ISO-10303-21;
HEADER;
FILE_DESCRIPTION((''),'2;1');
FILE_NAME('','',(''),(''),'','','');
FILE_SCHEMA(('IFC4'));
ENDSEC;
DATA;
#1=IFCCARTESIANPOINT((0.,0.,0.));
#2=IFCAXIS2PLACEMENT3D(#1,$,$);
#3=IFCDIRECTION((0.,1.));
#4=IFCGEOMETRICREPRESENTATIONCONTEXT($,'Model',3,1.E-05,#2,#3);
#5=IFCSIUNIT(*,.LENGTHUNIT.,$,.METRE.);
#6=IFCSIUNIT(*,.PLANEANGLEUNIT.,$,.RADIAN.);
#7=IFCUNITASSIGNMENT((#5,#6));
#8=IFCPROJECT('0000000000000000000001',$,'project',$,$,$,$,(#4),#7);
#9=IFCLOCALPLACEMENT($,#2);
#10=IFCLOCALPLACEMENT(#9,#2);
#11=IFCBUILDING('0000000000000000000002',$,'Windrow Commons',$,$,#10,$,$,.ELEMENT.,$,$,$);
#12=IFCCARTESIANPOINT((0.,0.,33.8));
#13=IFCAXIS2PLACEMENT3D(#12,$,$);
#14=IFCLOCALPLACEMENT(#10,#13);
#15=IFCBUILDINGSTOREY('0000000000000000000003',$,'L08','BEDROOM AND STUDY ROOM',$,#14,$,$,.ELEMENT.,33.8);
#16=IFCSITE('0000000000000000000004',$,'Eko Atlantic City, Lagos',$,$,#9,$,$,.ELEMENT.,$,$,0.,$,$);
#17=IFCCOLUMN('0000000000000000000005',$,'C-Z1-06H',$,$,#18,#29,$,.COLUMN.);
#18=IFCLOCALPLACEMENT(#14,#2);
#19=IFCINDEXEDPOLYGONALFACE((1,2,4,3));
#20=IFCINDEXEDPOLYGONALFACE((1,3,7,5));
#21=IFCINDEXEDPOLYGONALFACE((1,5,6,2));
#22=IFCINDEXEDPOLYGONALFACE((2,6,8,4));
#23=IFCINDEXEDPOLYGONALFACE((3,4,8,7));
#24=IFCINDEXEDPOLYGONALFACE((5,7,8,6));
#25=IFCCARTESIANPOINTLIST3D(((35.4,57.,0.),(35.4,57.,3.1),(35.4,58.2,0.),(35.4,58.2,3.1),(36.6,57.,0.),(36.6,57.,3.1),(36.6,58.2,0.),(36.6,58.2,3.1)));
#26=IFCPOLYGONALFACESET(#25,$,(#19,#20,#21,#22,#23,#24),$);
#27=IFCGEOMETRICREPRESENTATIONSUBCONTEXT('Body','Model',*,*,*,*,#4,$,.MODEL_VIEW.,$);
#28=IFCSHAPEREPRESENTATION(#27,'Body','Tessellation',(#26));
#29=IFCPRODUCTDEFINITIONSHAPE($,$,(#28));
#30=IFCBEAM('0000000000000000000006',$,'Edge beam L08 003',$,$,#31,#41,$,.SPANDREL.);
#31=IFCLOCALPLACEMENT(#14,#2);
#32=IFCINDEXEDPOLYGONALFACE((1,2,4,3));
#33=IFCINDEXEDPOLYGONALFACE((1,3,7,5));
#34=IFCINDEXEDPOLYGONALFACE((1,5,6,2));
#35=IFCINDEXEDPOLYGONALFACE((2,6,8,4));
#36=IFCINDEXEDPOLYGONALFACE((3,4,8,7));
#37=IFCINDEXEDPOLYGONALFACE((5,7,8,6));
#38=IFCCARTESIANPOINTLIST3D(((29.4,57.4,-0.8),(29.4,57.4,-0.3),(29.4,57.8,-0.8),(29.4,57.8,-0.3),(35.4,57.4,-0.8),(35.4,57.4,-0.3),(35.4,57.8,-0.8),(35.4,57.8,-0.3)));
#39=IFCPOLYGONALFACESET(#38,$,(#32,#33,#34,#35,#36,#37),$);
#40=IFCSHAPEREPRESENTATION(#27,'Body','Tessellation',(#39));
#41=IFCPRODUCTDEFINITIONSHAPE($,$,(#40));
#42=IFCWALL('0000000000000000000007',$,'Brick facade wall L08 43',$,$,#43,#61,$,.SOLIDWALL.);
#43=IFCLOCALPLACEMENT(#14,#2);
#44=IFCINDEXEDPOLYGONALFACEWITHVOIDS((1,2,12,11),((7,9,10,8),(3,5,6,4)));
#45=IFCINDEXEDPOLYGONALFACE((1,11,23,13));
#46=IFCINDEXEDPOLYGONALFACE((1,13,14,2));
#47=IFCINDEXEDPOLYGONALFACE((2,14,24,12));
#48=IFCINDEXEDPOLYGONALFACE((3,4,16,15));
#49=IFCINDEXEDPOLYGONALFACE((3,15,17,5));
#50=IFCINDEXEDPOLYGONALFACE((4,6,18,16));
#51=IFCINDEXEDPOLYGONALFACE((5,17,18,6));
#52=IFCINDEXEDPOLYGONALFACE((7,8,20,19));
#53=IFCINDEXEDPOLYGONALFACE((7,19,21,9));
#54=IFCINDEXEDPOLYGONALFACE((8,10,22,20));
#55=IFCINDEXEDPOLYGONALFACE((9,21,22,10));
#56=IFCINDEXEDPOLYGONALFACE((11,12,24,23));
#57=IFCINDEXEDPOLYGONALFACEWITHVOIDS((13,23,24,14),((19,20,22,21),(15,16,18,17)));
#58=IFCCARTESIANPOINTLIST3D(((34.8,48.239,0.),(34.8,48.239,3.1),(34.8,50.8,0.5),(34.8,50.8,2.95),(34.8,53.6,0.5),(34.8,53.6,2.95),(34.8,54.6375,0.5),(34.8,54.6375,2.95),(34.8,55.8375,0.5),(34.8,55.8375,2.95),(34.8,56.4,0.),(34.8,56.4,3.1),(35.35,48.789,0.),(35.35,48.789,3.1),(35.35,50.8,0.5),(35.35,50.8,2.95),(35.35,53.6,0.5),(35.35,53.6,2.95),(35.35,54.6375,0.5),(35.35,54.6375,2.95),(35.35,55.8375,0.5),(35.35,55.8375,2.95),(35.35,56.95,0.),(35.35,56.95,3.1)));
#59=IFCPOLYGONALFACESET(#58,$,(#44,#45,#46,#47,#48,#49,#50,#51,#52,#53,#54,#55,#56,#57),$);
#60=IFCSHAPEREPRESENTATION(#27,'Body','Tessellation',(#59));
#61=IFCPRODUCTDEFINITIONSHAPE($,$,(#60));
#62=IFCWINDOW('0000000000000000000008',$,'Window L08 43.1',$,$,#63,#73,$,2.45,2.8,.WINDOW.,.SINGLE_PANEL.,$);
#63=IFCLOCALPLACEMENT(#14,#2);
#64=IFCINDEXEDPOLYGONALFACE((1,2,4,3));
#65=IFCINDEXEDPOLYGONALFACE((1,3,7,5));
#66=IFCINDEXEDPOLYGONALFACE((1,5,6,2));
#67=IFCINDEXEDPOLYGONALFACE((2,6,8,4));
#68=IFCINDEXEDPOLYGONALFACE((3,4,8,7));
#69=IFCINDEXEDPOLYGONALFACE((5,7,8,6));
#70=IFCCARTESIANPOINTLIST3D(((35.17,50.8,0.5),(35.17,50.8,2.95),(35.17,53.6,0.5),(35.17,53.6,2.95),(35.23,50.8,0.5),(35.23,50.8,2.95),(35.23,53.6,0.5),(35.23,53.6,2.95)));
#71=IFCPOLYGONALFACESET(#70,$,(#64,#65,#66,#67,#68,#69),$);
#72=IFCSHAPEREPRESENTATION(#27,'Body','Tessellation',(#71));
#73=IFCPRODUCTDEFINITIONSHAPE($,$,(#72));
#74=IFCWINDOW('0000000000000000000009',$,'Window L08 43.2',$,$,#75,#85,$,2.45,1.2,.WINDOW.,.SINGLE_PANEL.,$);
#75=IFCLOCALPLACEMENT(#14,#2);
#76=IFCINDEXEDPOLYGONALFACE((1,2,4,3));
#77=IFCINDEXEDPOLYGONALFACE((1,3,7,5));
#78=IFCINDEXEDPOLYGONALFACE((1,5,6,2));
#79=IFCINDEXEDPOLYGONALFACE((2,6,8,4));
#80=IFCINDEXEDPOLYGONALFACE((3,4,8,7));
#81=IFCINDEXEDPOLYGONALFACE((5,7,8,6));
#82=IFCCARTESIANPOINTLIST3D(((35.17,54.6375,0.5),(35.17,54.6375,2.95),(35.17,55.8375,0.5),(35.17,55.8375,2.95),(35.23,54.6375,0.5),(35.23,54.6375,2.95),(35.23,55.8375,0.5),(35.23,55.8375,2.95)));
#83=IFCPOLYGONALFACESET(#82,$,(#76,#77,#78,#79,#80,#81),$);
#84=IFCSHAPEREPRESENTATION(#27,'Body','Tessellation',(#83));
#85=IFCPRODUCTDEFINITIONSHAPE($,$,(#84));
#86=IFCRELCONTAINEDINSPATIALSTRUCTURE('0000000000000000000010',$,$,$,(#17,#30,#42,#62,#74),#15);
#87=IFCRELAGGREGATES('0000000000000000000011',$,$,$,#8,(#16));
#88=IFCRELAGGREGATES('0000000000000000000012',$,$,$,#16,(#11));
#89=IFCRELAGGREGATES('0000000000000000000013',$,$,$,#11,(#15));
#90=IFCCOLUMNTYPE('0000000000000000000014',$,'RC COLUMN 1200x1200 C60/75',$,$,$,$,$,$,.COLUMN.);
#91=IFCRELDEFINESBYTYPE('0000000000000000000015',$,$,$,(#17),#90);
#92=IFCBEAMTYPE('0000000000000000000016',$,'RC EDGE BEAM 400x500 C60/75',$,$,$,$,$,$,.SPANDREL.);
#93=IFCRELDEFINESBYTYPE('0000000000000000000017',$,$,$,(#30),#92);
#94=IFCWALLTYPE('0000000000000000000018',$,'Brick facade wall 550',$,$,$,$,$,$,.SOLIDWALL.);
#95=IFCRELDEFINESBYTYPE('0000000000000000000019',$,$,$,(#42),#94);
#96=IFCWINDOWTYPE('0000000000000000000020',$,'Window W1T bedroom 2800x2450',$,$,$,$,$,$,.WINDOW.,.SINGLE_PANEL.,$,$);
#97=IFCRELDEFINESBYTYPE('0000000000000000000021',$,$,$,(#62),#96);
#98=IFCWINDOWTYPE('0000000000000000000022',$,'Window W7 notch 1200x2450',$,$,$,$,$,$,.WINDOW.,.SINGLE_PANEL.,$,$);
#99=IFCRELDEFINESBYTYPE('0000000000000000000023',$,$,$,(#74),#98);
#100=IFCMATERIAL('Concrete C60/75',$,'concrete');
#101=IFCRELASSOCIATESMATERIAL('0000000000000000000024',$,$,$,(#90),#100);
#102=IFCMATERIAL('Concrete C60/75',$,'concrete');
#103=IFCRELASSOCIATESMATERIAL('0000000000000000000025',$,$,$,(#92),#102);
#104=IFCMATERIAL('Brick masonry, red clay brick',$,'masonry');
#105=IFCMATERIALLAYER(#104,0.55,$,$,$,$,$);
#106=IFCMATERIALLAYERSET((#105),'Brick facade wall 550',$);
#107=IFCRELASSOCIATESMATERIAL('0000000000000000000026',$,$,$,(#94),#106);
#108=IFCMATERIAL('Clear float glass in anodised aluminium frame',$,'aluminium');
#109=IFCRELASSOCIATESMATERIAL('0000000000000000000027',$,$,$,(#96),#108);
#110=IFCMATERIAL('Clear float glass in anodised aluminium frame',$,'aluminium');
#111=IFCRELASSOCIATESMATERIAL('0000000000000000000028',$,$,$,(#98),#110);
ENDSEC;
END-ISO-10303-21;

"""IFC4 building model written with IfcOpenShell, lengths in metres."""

from ifc_helpers import new_model, si_unit, direction, frame, frame_2d, origin, origin_2d, place, context, subcontext, project, spatial, polyline, rectangle, outline, extrude, material, layer, layer_set, material_profile, profile_set, type_object, element, fill, save


model = new_model("IFC4")

# Units and contexts
model_context = context("Model", 3, precision=1e-05, world=origin(), true_north=direction((0.0, 1.0)))
body_context = subcontext(model_context, "Body", "Model", "MODEL_VIEW")
ifc_project = project(units=[si_unit("LENGTHUNIT", "METRE"), si_unit("PLANEANGLEUNIT", "RADIAN")], contexts=[model_context])

# Site, building, storey
site_placement = place(None, origin())
site = spatial("IfcSite", under=ifc_project, at=site_placement, Name="Eko Atlantic City, Lagos", CompositionType="ELEMENT", RefElevation=0.0)
building_placement = place(site_placement, origin())
building = spatial("IfcBuilding", under=site, at=building_placement, Name="Windrow Commons", CompositionType="ELEMENT")
storey_placement = place(building_placement, frame((0.0, 0.0, 33.8)))
storey = spatial("IfcBuildingStorey", under=building, at=storey_placement, Name="L08", Description="BEDROOM AND STUDY ROOM", CompositionType="ELEMENT", Elevation=33.8)

# Column
ifc_material_1 = material(Name="Concrete C60/75", Category="concrete")
ifc_material_profile_1 = material_profile(ifc_material_1, rectangle(XDim=1.2, YDim=1.2, at=origin_2d()))
ifc_profile_set_1 = profile_set([ifc_material_profile_1], Name="Concrete C60/75")
column_type = type_object("IfcColumnType", Name="RC COLUMN 1200x1200 C60/75", PredefinedType="COLUMN", material=ifc_profile_set_1)
column_placement = place(storey_placement, frame((36.0, 57.6, 0.0), z_axis=(0.0, 0.0, 1.0), x_axis=(1.0, 0.0, 0.0)))
element("IfcColumn", 1, at=column_placement, inside=storey, type_object=column_type, Name="C-Z1-06H", PredefinedType="COLUMN", context=body_context, shape_type="SweptSolid", body=[
    extrude(rectangle(XDim=1.2, YDim=1.2, at=origin_2d()), origin(), (0.0, 0.0, 1.0), 3.1),
])

# Beam
ifc_material_2 = material(Name="Concrete C60/75", Category="concrete")
ifc_material_profile_2 = material_profile(ifc_material_2, rectangle(XDim=0.4, YDim=0.5, at=origin_2d()))
ifc_profile_set_2 = profile_set([ifc_material_profile_2], Name="Concrete C60/75")
beam_type = type_object("IfcBeamType", Name="RC EDGE BEAM 400x500 C60/75", PredefinedType="SPANDREL", material=ifc_profile_set_2)
beam_placement = place(storey_placement, frame((35.4, 57.6, -0.55), z_axis=(-1.0, 0.0, 0.0), x_axis=(0.0, -1.0, 0.0)))
element("IfcBeam", 2, at=beam_placement, inside=storey, type_object=beam_type, Name="Edge beam L08 003", PredefinedType="SPANDREL", context=body_context, shape_type="SweptSolid", body=[
    extrude(rectangle(XDim=0.4, YDim=0.5, at=origin_2d()), origin(), (0.0, 0.0, 1.0), 6.0),
])

# Wall, openings, windows
ifc_material_3 = material(Name="Brick masonry, red clay brick", Category="masonry")
ifc_layer_1 = layer(ifc_material_3, 0.55)
ifc_layer_set_1 = layer_set([ifc_layer_1], Name="Brick facade wall 550")
wall_type_1 = type_object("IfcWallType", Name="Brick facade wall 550", PredefinedType="SOLIDWALL", material=ifc_layer_set_1)
wall_1_placement = place(storey_placement, frame((35.075, 56.675, 0.0), z_axis=(0.0, 0.0, 1.0), x_axis=(0.0, -1.0, 0.0)))
wall_1 = element("IfcWall", 3, at=wall_1_placement, inside=storey, type_object=wall_type_1, Name="Brick facade wall L08 43", PredefinedType="SOLIDWALL", context=body_context, shape_type="SweptSolid", body=[
    extrude(outline(polyline([(0.275, -0.275), (8.436, -0.275), (7.886, 0.275), (-0.275, 0.275), (0.275, -0.275)])), origin(), (0.0, 0.0, 1.0), 3.1),
])
opening_1_placement = place(wall_1_placement, frame((3.075, 0.0, 0.5)))
opening_1 = element("IfcOpeningElement", 4, at=opening_1_placement, cuts=wall_1, PredefinedType="OPENING", context=body_context, shape_type="SweptSolid", body=[
    extrude(rectangle(XDim=2.8, YDim=2.45, at=frame_2d((1.4, 1.225))), frame((0.0, 0.285, 0.0), z_axis=(0.0, -1.0, 0.0), x_axis=(1.0, 0.0, 0.0)), (0.0, 0.0, 1.0), 0.57),
])
opening_2_placement = place(wall_1_placement, frame((0.8375, 0.0, 0.5)))
opening_2 = element("IfcOpeningElement", 5, at=opening_2_placement, cuts=wall_1, PredefinedType="OPENING", context=body_context, shape_type="SweptSolid", body=[
    extrude(rectangle(XDim=1.2, YDim=2.45, at=frame_2d((0.6, 1.225))), frame((0.0, 0.285, 0.0), z_axis=(0.0, -1.0, 0.0), x_axis=(1.0, 0.0, 0.0)), (0.0, 0.0, 1.0), 0.57),
])
ifc_material_4 = material(Name="Clear float glass in anodised aluminium frame", Category="aluminium")
window_type_1 = type_object("IfcWindowType", Name="Window W1T bedroom 2800x2450", PartitioningType="SINGLE_PANEL", PredefinedType="WINDOW", material=ifc_material_4)
window_1_placement = place(opening_1_placement, origin())
window_1 = element("IfcWindow", 6, at=window_1_placement, inside=storey, type_object=window_type_1, Name="Window L08 43.1", OverallHeight=2.45, OverallWidth=2.8, PartitioningType="SINGLE_PANEL", PredefinedType="WINDOW", context=body_context, shape_type="SweptSolid", body=[
    extrude(rectangle(XDim=2.8, YDim=2.45, at=frame_2d((1.4, 1.225))), frame((0.0, 0.155, 0.0), z_axis=(0.0, -1.0, 0.0), x_axis=(1.0, 0.0, 0.0)), (0.0, 0.0, 1.0), 0.06),
])
fill(opening_1, window_1)
ifc_material_5 = material(Name="Clear float glass in anodised aluminium frame", Category="aluminium")
window_type_2 = type_object("IfcWindowType", Name="Window W7 notch 1200x2450", PartitioningType="SINGLE_PANEL", PredefinedType="WINDOW", material=ifc_material_5)
window_2_placement = place(opening_2_placement, origin())
window_2 = element("IfcWindow", 7, at=window_2_placement, inside=storey, type_object=window_type_2, Name="Window L08 43.2", OverallHeight=2.45, OverallWidth=1.2, PartitioningType="SINGLE_PANEL", PredefinedType="WINDOW", context=body_context, shape_type="SweptSolid", body=[
    extrude(rectangle(XDim=1.2, YDim=2.45, at=frame_2d((0.6, 1.225))), frame((0.0, 0.155, 0.0), z_axis=(0.0, -1.0, 0.0), x_axis=(1.0, 0.0, 0.0)), (0.0, 0.0, 1.0), 0.06),
])
fill(opening_2, window_2)

save(model, "model.ifc")
